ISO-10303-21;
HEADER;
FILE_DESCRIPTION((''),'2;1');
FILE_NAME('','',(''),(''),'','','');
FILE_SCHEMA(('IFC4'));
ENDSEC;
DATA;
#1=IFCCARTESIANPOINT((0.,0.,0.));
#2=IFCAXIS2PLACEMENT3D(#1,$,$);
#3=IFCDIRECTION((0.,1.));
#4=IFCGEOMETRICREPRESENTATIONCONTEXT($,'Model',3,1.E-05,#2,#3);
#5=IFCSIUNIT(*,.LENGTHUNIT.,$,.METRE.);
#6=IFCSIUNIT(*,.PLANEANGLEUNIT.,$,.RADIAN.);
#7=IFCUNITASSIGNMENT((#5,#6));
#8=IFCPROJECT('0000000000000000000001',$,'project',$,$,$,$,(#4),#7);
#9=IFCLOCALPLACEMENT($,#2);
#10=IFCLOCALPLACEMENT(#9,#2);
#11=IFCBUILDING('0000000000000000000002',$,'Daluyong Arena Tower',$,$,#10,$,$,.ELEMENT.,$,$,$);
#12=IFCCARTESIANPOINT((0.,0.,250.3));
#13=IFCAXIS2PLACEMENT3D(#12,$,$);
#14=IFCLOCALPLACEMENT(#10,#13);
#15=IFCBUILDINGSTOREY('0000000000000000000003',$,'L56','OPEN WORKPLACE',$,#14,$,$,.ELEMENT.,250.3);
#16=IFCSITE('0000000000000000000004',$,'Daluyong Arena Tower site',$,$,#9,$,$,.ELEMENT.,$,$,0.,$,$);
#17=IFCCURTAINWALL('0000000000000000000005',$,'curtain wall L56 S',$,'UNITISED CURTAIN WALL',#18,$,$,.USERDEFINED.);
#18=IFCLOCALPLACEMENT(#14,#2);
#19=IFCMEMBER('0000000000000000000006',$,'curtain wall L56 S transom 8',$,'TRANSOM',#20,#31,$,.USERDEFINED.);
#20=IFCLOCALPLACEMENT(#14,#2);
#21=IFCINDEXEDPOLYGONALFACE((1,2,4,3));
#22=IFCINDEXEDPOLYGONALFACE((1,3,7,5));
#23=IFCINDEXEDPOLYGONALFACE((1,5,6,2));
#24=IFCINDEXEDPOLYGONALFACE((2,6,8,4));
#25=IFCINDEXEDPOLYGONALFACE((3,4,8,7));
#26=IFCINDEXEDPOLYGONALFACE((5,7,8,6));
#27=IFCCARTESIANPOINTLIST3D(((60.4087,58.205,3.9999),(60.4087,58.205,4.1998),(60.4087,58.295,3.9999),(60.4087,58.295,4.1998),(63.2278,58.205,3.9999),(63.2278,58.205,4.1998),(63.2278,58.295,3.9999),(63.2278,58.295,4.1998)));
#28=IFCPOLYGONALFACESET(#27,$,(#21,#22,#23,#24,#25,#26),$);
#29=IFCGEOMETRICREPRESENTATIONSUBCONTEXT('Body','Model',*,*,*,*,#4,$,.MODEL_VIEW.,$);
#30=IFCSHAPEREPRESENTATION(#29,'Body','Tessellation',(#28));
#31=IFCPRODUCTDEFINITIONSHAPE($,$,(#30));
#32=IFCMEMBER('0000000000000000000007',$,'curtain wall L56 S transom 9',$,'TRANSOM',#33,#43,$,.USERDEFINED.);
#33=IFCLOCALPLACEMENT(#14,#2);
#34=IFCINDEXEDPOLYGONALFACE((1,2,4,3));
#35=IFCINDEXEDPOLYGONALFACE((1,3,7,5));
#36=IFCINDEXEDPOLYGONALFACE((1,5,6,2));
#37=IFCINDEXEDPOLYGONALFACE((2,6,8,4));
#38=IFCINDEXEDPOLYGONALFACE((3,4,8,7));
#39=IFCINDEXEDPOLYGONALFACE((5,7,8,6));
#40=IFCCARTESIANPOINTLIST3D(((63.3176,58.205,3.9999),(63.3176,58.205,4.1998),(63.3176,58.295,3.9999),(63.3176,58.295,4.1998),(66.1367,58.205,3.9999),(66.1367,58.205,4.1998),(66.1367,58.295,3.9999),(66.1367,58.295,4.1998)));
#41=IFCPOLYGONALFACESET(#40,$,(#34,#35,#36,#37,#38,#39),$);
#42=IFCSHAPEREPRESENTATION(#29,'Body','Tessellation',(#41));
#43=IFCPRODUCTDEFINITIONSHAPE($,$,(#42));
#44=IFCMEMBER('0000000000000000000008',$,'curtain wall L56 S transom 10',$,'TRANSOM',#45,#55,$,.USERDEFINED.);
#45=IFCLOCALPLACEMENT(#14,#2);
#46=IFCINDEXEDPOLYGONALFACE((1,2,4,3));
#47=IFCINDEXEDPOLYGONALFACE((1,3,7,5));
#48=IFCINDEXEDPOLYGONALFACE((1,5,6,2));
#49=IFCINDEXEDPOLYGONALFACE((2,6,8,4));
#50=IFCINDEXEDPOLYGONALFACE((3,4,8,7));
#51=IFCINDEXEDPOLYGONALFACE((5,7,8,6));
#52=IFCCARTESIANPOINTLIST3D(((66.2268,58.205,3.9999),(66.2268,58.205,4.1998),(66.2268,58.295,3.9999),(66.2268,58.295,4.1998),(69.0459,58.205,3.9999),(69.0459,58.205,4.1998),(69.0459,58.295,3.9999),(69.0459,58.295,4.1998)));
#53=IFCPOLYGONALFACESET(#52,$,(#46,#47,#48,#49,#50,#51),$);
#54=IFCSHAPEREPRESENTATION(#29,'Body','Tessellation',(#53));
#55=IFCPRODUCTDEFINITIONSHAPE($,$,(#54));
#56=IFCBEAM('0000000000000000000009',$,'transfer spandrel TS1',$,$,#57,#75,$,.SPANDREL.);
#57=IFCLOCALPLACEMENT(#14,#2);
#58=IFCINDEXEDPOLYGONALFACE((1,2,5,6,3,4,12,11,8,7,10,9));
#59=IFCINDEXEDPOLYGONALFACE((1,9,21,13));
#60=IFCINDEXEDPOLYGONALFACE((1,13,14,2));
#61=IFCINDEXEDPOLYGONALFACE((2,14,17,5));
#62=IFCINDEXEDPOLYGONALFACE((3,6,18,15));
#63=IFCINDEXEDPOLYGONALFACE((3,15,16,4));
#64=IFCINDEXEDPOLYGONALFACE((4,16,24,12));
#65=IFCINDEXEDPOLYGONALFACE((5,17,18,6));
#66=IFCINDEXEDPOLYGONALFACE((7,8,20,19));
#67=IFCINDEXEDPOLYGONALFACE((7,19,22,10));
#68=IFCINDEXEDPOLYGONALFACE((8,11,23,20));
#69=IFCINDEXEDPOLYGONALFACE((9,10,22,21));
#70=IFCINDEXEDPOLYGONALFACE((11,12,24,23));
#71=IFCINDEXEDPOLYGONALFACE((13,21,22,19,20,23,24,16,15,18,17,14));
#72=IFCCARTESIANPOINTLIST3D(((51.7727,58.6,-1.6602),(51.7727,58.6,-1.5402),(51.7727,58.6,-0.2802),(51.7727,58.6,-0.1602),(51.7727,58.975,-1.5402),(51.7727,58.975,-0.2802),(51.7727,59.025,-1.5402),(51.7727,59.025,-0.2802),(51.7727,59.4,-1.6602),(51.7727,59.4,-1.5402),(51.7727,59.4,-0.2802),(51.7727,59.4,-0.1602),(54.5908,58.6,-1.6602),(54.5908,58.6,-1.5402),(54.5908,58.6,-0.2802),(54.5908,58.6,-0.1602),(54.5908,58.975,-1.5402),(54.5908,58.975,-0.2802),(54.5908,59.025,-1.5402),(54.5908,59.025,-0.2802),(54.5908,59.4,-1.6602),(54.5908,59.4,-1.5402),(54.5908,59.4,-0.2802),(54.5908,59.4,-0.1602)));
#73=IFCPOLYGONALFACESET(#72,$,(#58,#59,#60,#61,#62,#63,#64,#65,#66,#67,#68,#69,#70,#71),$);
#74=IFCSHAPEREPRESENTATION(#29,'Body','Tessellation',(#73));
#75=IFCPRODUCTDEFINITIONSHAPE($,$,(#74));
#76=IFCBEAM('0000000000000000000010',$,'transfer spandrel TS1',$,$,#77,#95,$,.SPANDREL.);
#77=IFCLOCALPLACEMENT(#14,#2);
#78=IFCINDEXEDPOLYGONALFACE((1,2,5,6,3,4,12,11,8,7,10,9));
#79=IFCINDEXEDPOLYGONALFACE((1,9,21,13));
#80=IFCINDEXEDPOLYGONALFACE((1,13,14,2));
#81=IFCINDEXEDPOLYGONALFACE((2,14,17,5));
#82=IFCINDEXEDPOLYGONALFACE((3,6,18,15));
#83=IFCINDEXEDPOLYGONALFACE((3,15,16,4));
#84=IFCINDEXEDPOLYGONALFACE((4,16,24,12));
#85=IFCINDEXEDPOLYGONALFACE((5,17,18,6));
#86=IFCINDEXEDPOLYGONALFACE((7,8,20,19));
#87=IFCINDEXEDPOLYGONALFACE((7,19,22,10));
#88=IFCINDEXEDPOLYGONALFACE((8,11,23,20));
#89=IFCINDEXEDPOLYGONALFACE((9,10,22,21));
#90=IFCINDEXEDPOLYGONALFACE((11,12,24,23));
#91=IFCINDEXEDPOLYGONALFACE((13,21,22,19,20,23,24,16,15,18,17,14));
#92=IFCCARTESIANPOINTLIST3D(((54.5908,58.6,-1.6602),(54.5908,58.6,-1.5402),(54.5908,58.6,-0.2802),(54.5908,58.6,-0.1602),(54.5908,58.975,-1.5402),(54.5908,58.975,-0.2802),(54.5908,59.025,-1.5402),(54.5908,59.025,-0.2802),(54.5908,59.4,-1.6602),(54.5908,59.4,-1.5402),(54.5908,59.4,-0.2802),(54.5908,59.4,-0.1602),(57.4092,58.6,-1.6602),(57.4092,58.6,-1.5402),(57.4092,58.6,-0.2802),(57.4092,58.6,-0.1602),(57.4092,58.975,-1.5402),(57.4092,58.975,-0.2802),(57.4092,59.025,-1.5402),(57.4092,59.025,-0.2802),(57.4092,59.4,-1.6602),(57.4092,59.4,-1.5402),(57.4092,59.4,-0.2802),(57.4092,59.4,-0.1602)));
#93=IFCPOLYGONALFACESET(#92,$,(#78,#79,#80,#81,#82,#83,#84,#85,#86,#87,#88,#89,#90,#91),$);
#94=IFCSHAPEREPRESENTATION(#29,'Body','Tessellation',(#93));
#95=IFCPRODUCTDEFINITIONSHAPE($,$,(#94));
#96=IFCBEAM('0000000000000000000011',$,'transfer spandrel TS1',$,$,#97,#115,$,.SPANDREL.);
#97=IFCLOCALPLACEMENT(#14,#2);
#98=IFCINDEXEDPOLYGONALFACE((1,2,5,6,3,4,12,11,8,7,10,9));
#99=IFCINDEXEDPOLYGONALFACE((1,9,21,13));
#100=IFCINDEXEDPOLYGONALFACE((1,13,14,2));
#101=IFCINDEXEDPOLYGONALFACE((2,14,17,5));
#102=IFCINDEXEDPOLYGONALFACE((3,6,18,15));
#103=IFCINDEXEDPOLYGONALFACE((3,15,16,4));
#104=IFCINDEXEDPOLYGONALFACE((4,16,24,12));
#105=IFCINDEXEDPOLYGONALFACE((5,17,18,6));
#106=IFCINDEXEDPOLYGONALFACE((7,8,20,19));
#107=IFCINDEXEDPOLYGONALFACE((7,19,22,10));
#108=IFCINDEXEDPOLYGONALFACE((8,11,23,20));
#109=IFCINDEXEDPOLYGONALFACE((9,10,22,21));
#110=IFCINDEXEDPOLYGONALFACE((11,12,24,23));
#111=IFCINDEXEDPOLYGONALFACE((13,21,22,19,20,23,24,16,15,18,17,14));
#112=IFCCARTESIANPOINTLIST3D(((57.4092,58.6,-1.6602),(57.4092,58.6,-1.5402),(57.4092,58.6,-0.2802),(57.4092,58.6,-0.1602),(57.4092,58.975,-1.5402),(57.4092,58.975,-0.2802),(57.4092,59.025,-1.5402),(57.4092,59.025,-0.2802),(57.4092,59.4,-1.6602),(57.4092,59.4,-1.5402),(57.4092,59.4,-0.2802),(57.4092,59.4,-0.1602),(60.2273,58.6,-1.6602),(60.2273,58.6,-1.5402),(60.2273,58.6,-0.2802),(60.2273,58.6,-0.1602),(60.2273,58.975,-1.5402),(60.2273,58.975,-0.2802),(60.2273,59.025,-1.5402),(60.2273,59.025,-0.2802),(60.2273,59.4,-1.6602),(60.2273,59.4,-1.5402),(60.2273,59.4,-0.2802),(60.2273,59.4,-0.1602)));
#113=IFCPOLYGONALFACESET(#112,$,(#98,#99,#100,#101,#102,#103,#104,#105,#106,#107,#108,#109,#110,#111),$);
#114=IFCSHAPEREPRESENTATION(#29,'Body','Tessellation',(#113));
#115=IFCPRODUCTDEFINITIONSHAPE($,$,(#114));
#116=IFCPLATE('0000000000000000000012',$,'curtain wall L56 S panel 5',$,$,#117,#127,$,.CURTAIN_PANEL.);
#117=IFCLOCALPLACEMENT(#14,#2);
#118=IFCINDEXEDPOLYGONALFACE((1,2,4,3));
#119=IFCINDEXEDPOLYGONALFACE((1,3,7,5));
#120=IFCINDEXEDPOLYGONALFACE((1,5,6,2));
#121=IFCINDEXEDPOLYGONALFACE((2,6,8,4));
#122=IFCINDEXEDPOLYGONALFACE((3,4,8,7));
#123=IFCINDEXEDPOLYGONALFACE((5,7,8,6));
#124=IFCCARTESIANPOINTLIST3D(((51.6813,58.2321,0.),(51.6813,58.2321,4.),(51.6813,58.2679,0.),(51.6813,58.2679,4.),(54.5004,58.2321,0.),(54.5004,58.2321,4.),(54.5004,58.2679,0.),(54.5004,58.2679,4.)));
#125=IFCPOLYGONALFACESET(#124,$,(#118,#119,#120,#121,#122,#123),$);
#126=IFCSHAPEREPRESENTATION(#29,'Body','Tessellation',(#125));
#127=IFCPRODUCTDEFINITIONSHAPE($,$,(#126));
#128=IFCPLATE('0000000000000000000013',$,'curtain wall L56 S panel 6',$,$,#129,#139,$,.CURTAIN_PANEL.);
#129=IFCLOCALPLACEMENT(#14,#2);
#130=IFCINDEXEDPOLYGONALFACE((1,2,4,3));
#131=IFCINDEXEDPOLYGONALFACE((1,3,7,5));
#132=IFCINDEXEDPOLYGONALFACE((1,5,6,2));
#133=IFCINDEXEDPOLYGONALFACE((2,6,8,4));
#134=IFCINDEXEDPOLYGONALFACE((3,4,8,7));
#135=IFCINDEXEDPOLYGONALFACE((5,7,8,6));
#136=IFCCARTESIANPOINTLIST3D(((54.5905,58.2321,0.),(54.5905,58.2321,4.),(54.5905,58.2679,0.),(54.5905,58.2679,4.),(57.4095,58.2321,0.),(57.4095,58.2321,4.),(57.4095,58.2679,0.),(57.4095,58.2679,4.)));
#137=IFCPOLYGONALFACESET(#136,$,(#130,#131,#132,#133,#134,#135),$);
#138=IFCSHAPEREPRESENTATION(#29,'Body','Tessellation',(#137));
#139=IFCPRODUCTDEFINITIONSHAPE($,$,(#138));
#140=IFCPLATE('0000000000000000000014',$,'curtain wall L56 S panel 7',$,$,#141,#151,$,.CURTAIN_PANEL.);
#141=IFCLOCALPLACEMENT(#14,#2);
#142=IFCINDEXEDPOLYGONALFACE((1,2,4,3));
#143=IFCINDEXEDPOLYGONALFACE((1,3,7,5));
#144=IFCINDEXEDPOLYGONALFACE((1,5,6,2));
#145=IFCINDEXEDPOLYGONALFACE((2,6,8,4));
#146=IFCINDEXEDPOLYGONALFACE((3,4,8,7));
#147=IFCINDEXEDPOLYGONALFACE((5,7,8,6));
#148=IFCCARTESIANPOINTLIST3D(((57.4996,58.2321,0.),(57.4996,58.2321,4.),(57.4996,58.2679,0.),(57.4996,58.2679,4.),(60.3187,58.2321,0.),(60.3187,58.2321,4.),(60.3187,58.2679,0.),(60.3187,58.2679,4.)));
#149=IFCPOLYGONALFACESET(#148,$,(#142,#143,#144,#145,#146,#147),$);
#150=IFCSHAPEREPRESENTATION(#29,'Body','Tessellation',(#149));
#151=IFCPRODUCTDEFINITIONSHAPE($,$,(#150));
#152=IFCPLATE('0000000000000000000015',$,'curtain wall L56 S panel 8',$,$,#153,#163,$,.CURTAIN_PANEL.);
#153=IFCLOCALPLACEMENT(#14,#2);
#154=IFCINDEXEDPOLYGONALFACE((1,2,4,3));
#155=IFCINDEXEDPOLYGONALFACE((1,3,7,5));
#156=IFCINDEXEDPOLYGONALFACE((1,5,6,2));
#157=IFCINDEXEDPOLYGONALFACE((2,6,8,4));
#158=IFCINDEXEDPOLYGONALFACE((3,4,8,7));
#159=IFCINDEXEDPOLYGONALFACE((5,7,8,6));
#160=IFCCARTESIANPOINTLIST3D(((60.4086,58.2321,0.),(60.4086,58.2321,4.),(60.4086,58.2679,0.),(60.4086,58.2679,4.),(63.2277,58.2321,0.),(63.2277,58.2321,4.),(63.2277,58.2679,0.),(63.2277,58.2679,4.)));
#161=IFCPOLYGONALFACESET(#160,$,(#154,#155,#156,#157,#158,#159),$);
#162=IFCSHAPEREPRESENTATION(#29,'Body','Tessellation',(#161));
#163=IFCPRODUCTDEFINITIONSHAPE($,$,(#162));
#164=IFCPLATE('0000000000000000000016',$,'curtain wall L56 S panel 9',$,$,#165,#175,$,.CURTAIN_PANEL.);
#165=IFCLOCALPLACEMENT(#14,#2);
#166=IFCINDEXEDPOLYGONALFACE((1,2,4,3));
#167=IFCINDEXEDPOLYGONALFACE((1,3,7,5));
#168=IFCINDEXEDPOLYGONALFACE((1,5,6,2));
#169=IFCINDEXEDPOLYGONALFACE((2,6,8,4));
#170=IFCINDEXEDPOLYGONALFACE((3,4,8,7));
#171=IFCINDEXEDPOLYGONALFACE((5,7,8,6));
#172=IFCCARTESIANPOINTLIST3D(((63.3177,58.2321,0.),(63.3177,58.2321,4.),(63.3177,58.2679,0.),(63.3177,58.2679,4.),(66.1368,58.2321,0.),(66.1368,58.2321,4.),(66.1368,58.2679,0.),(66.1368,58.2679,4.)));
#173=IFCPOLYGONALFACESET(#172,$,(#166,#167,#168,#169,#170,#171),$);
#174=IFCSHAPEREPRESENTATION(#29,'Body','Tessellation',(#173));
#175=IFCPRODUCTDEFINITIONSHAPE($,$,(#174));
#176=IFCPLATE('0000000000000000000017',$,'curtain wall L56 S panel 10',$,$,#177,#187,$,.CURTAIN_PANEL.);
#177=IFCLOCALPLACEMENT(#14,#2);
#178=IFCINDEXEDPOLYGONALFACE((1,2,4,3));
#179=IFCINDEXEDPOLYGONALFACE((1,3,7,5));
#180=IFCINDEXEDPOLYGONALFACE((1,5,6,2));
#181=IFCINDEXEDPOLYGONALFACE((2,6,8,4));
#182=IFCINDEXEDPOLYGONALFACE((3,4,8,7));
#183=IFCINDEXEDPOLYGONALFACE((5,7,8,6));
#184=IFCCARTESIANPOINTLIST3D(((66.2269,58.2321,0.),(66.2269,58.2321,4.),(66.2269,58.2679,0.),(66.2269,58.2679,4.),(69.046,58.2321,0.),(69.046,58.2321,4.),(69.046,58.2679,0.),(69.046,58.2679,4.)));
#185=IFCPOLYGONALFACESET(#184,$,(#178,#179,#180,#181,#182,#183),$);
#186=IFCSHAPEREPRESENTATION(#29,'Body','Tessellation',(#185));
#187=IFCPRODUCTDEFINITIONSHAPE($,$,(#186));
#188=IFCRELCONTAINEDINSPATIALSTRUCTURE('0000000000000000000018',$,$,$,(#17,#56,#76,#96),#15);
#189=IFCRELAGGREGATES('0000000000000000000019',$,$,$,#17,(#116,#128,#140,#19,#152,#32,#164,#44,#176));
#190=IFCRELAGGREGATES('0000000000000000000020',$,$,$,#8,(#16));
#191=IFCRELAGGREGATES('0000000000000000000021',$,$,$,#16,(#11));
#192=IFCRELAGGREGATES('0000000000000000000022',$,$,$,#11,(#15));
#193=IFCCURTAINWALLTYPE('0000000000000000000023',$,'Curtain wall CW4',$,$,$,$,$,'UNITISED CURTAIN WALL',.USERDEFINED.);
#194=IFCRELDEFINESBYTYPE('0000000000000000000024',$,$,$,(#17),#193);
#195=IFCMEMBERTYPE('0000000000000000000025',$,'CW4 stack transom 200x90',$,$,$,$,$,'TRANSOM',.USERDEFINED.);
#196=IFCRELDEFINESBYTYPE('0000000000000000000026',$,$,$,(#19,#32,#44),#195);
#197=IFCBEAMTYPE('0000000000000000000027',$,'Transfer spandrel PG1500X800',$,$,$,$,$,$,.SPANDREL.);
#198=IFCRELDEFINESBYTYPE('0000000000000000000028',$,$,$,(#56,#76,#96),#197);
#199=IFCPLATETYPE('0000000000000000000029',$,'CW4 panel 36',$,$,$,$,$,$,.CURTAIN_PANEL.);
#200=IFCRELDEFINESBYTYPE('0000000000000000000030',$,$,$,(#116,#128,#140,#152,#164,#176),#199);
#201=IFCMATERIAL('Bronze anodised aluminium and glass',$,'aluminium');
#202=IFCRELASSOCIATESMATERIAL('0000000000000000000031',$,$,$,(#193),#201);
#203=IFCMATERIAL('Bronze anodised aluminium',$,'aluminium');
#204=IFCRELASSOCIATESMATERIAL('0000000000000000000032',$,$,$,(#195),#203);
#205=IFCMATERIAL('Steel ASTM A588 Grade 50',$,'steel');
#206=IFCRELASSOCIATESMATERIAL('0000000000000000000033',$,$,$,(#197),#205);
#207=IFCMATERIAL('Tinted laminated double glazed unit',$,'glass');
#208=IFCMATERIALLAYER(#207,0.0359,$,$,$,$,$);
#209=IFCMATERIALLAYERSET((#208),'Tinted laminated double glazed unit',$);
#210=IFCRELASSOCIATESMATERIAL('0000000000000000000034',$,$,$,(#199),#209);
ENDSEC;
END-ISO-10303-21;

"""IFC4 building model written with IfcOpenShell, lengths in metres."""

from ifc_helpers import new_model, si_unit, direction, frame, origin, origin_2d, place, context, subcontext, project, spatial, rectangle, i_section, extrude, material, layer, layer_set, material_profile, profile_set, type_object, element, aggregate, save


model = new_model("IFC4")

# Units and contexts
model_context = context("Model", 3, precision=1e-05, world=origin(), true_north=direction((0.0, 1.0)))
body_context = subcontext(model_context, "Body", "Model", "MODEL_VIEW")
ifc_project = project(units=[si_unit("LENGTHUNIT", "METRE"), si_unit("PLANEANGLEUNIT", "RADIAN")], contexts=[model_context])

# Site, building, storey
site_placement = place(None, origin())
site = spatial("IfcSite", under=ifc_project, at=site_placement, Name="Daluyong Arena Tower site", CompositionType="ELEMENT", RefElevation=0.0)
building_placement = place(site_placement, origin())
building = spatial("IfcBuilding", under=site, at=building_placement, Name="Daluyong Arena Tower", CompositionType="ELEMENT")
storey_placement = place(building_placement, frame((0.0, 0.0, 250.3)))
storey = spatial("IfcBuildingStorey", under=building, at=storey_placement, Name="L56", Description="OPEN WORKPLACE", CompositionType="ELEMENT", Elevation=250.3)

# Curtain wall, members
ifc_material_1 = material(Name="Bronze anodised aluminium and glass", Category="aluminium")
curtain_wall_type = type_object("IfcCurtainWallType", Name="Curtain wall CW4", ElementType="UNITISED CURTAIN WALL", PredefinedType="USERDEFINED", material=ifc_material_1)
curtain_wall_placement = place(storey_placement, origin())
curtain_wall = element("IfcCurtainWall", 1, at=curtain_wall_placement, inside=storey, type_object=curtain_wall_type, Name="curtain wall L56 S", ObjectType="UNITISED CURTAIN WALL", PredefinedType="USERDEFINED")
ifc_material_2 = material(Name="Bronze anodised aluminium", Category="aluminium")
ifc_material_profile_1 = material_profile(ifc_material_2, rectangle(XDim=0.0901, YDim=0.2, at=origin_2d()))
ifc_profile_set_1 = profile_set([ifc_material_profile_1], Name="Bronze anodised aluminium")
member_type_1 = type_object("IfcMemberType", Name="CW4 stack transom 200x90", ElementType="TRANSOM", PredefinedType="USERDEFINED", material=ifc_profile_set_1)
member_1_placement = place(storey_placement, frame((60.4087, 58.25, 4.0999), z_axis=(1.0, 0.0, 0.0), x_axis=(0.0, 1.0, 0.0)))
member_1 = element("IfcMember", 2, at=member_1_placement, type_object=member_type_1, Name="curtain wall L56 S transom 8", ObjectType="TRANSOM", PredefinedType="USERDEFINED", context=body_context, shape_type="SweptSolid", body=[
    extrude(rectangle(XDim=0.0901, YDim=0.2, at=origin_2d()), origin(), (0.0, 0.0, 1.0), 2.8191),
])
member_2_placement = place(storey_placement, frame((63.3176, 58.25, 4.0999), z_axis=(1.0, 0.0, 0.0), x_axis=(0.0, 1.0, 0.0)))
member_2 = element("IfcMember", 3, at=member_2_placement, type_object=member_type_1, Name="curtain wall L56 S transom 9", ObjectType="TRANSOM", PredefinedType="USERDEFINED", context=body_context, shape_type="SweptSolid", body=[
    extrude(rectangle(XDim=0.0901, YDim=0.2, at=origin_2d()), origin(), (0.0, 0.0, 1.0), 2.8191),
])
member_3_placement = place(storey_placement, frame((66.2268, 58.25, 4.0999), z_axis=(1.0, 0.0, 0.0), x_axis=(0.0, 1.0, 0.0)))
member_3 = element("IfcMember", 4, at=member_3_placement, type_object=member_type_1, Name="curtain wall L56 S transom 10", ObjectType="TRANSOM", PredefinedType="USERDEFINED", context=body_context, shape_type="SweptSolid", body=[
    extrude(rectangle(XDim=0.0901, YDim=0.2, at=origin_2d()), origin(), (0.0, 0.0, 1.0), 2.8191),
])

# Beams
ifc_material_3 = material(Name="Steel ASTM A588 Grade 50", Category="steel")
ifc_material_profile_2 = material_profile(ifc_material_3, i_section(OverallWidth=0.8, OverallDepth=1.5, WebThickness=0.05, FlangeThickness=0.12, at=origin_2d()))
ifc_profile_set_2 = profile_set([ifc_material_profile_2], Name="Steel ASTM A588 Grade 50")
beam_type = type_object("IfcBeamType", Name="Transfer spandrel PG1500X800", PredefinedType="SPANDREL", material=ifc_profile_set_2)
beam_1_placement = place(storey_placement, frame((51.7727, 59.0, -0.9102), z_axis=(1.0, 0.0, 0.0), x_axis=(0.0, 1.0, 0.0)))
element("IfcBeam", 5, at=beam_1_placement, inside=storey, type_object=beam_type, Name="transfer spandrel TS1", PredefinedType="SPANDREL", context=body_context, shape_type="SweptSolid", body=[
    extrude(i_section(OverallWidth=0.8, OverallDepth=1.5, WebThickness=0.05, FlangeThickness=0.12, at=origin_2d()), origin(), (0.0, 0.0, 1.0), 2.8181),
])
beam_2_placement = place(storey_placement, frame((54.5908, 59.0, -0.9102), z_axis=(1.0, 0.0, 0.0), x_axis=(0.0, 1.0, 0.0)))
element("IfcBeam", 6, at=beam_2_placement, inside=storey, type_object=beam_type, Name="transfer spandrel TS1", PredefinedType="SPANDREL", context=body_context, shape_type="SweptSolid", body=[
    extrude(i_section(OverallWidth=0.8, OverallDepth=1.5, WebThickness=0.05, FlangeThickness=0.12, at=origin_2d()), origin(), (0.0, 0.0, 1.0), 2.8184),
])
beam_3_placement = place(storey_placement, frame((57.4092, 59.0, -0.9102), z_axis=(1.0, 0.0, 0.0), x_axis=(0.0, 1.0, 0.0)))
element("IfcBeam", 7, at=beam_3_placement, inside=storey, type_object=beam_type, Name="transfer spandrel TS1", PredefinedType="SPANDREL", context=body_context, shape_type="SweptSolid", body=[
    extrude(i_section(OverallWidth=0.8, OverallDepth=1.5, WebThickness=0.05, FlangeThickness=0.12, at=origin_2d()), origin(), (0.0, 0.0, 1.0), 2.8181),
])

# Plates
ifc_material_4 = material(Name="Tinted laminated double glazed unit", Category="glass")
ifc_layer = layer(ifc_material_4, 0.0359)
ifc_layer_set = layer_set([ifc_layer], Name="Tinted laminated double glazed unit")
plate_type = type_object("IfcPlateType", Name="CW4 panel 36", PredefinedType="CURTAIN_PANEL", material=ifc_layer_set)
plate_1_placement = place(storey_placement, frame((53.0908, 58.25, 0.0), z_axis=(0.0, 0.0, 1.0), x_axis=(1.0, 0.0, 0.0)))
plate_1 = element("IfcPlate", 8, at=plate_1_placement, type_object=plate_type, Name="curtain wall L56 S panel 5", PredefinedType="CURTAIN_PANEL", context=body_context, shape_type="SweptSolid", body=[
    extrude(rectangle(XDim=2.8191, YDim=0.0359, at=origin_2d()), origin(), (0.0, 0.0, 1.0), 4.0),
])
plate_2_placement = place(storey_placement, frame((56.0, 58.25, 0.0), z_axis=(0.0, 0.0, 1.0), x_axis=(1.0, 0.0, 0.0)))
plate_2 = element("IfcPlate", 9, at=plate_2_placement, type_object=plate_type, Name="curtain wall L56 S panel 6", PredefinedType="CURTAIN_PANEL", context=body_context, shape_type="SweptSolid", body=[
    extrude(rectangle(XDim=2.8191, YDim=0.0359, at=origin_2d()), origin(), (0.0, 0.0, 1.0), 4.0),
])
plate_3_placement = place(storey_placement, frame((58.9092, 58.25, 0.0), z_axis=(0.0, 0.0, 1.0), x_axis=(1.0, 0.0, 0.0)))
plate_3 = element("IfcPlate", 10, at=plate_3_placement, type_object=plate_type, Name="curtain wall L56 S panel 7", PredefinedType="CURTAIN_PANEL", context=body_context, shape_type="SweptSolid", body=[
    extrude(rectangle(XDim=2.8191, YDim=0.0359, at=origin_2d()), origin(), (0.0, 0.0, 1.0), 4.0),
])
plate_4_placement = place(storey_placement, frame((61.8181, 58.25, 0.0), z_axis=(0.0, 0.0, 1.0), x_axis=(1.0, 0.0, 0.0)))
plate_4 = element("IfcPlate", 11, at=plate_4_placement, type_object=plate_type, Name="curtain wall L56 S panel 8", PredefinedType="CURTAIN_PANEL", context=body_context, shape_type="SweptSolid", body=[
    extrude(rectangle(XDim=2.8191, YDim=0.0359, at=origin_2d()), origin(), (0.0, 0.0, 1.0), 4.0),
])
plate_5_placement = place(storey_placement, frame((64.7273, 58.25, 0.0), z_axis=(0.0, 0.0, 1.0), x_axis=(1.0, 0.0, 0.0)))
plate_5 = element("IfcPlate", 12, at=plate_5_placement, type_object=plate_type, Name="curtain wall L56 S panel 9", PredefinedType="CURTAIN_PANEL", context=body_context, shape_type="SweptSolid", body=[
    extrude(rectangle(XDim=2.8191, YDim=0.0359, at=origin_2d()), origin(), (0.0, 0.0, 1.0), 4.0),
])
plate_6_placement = place(storey_placement, frame((67.6365, 58.25, 0.0), z_axis=(0.0, 0.0, 1.0), x_axis=(1.0, 0.0, 0.0)))
plate_6 = element("IfcPlate", 13, at=plate_6_placement, type_object=plate_type, Name="curtain wall L56 S panel 10", PredefinedType="CURTAIN_PANEL", context=body_context, shape_type="SweptSolid", body=[
    extrude(rectangle(XDim=2.8191, YDim=0.0359, at=origin_2d()), origin(), (0.0, 0.0, 1.0), 4.0),
])
aggregate(curtain_wall, [plate_1, plate_2, plate_3, member_1, plate_4, member_2, plate_5, member_3, plate_6])

save(model, "model.ifc")
